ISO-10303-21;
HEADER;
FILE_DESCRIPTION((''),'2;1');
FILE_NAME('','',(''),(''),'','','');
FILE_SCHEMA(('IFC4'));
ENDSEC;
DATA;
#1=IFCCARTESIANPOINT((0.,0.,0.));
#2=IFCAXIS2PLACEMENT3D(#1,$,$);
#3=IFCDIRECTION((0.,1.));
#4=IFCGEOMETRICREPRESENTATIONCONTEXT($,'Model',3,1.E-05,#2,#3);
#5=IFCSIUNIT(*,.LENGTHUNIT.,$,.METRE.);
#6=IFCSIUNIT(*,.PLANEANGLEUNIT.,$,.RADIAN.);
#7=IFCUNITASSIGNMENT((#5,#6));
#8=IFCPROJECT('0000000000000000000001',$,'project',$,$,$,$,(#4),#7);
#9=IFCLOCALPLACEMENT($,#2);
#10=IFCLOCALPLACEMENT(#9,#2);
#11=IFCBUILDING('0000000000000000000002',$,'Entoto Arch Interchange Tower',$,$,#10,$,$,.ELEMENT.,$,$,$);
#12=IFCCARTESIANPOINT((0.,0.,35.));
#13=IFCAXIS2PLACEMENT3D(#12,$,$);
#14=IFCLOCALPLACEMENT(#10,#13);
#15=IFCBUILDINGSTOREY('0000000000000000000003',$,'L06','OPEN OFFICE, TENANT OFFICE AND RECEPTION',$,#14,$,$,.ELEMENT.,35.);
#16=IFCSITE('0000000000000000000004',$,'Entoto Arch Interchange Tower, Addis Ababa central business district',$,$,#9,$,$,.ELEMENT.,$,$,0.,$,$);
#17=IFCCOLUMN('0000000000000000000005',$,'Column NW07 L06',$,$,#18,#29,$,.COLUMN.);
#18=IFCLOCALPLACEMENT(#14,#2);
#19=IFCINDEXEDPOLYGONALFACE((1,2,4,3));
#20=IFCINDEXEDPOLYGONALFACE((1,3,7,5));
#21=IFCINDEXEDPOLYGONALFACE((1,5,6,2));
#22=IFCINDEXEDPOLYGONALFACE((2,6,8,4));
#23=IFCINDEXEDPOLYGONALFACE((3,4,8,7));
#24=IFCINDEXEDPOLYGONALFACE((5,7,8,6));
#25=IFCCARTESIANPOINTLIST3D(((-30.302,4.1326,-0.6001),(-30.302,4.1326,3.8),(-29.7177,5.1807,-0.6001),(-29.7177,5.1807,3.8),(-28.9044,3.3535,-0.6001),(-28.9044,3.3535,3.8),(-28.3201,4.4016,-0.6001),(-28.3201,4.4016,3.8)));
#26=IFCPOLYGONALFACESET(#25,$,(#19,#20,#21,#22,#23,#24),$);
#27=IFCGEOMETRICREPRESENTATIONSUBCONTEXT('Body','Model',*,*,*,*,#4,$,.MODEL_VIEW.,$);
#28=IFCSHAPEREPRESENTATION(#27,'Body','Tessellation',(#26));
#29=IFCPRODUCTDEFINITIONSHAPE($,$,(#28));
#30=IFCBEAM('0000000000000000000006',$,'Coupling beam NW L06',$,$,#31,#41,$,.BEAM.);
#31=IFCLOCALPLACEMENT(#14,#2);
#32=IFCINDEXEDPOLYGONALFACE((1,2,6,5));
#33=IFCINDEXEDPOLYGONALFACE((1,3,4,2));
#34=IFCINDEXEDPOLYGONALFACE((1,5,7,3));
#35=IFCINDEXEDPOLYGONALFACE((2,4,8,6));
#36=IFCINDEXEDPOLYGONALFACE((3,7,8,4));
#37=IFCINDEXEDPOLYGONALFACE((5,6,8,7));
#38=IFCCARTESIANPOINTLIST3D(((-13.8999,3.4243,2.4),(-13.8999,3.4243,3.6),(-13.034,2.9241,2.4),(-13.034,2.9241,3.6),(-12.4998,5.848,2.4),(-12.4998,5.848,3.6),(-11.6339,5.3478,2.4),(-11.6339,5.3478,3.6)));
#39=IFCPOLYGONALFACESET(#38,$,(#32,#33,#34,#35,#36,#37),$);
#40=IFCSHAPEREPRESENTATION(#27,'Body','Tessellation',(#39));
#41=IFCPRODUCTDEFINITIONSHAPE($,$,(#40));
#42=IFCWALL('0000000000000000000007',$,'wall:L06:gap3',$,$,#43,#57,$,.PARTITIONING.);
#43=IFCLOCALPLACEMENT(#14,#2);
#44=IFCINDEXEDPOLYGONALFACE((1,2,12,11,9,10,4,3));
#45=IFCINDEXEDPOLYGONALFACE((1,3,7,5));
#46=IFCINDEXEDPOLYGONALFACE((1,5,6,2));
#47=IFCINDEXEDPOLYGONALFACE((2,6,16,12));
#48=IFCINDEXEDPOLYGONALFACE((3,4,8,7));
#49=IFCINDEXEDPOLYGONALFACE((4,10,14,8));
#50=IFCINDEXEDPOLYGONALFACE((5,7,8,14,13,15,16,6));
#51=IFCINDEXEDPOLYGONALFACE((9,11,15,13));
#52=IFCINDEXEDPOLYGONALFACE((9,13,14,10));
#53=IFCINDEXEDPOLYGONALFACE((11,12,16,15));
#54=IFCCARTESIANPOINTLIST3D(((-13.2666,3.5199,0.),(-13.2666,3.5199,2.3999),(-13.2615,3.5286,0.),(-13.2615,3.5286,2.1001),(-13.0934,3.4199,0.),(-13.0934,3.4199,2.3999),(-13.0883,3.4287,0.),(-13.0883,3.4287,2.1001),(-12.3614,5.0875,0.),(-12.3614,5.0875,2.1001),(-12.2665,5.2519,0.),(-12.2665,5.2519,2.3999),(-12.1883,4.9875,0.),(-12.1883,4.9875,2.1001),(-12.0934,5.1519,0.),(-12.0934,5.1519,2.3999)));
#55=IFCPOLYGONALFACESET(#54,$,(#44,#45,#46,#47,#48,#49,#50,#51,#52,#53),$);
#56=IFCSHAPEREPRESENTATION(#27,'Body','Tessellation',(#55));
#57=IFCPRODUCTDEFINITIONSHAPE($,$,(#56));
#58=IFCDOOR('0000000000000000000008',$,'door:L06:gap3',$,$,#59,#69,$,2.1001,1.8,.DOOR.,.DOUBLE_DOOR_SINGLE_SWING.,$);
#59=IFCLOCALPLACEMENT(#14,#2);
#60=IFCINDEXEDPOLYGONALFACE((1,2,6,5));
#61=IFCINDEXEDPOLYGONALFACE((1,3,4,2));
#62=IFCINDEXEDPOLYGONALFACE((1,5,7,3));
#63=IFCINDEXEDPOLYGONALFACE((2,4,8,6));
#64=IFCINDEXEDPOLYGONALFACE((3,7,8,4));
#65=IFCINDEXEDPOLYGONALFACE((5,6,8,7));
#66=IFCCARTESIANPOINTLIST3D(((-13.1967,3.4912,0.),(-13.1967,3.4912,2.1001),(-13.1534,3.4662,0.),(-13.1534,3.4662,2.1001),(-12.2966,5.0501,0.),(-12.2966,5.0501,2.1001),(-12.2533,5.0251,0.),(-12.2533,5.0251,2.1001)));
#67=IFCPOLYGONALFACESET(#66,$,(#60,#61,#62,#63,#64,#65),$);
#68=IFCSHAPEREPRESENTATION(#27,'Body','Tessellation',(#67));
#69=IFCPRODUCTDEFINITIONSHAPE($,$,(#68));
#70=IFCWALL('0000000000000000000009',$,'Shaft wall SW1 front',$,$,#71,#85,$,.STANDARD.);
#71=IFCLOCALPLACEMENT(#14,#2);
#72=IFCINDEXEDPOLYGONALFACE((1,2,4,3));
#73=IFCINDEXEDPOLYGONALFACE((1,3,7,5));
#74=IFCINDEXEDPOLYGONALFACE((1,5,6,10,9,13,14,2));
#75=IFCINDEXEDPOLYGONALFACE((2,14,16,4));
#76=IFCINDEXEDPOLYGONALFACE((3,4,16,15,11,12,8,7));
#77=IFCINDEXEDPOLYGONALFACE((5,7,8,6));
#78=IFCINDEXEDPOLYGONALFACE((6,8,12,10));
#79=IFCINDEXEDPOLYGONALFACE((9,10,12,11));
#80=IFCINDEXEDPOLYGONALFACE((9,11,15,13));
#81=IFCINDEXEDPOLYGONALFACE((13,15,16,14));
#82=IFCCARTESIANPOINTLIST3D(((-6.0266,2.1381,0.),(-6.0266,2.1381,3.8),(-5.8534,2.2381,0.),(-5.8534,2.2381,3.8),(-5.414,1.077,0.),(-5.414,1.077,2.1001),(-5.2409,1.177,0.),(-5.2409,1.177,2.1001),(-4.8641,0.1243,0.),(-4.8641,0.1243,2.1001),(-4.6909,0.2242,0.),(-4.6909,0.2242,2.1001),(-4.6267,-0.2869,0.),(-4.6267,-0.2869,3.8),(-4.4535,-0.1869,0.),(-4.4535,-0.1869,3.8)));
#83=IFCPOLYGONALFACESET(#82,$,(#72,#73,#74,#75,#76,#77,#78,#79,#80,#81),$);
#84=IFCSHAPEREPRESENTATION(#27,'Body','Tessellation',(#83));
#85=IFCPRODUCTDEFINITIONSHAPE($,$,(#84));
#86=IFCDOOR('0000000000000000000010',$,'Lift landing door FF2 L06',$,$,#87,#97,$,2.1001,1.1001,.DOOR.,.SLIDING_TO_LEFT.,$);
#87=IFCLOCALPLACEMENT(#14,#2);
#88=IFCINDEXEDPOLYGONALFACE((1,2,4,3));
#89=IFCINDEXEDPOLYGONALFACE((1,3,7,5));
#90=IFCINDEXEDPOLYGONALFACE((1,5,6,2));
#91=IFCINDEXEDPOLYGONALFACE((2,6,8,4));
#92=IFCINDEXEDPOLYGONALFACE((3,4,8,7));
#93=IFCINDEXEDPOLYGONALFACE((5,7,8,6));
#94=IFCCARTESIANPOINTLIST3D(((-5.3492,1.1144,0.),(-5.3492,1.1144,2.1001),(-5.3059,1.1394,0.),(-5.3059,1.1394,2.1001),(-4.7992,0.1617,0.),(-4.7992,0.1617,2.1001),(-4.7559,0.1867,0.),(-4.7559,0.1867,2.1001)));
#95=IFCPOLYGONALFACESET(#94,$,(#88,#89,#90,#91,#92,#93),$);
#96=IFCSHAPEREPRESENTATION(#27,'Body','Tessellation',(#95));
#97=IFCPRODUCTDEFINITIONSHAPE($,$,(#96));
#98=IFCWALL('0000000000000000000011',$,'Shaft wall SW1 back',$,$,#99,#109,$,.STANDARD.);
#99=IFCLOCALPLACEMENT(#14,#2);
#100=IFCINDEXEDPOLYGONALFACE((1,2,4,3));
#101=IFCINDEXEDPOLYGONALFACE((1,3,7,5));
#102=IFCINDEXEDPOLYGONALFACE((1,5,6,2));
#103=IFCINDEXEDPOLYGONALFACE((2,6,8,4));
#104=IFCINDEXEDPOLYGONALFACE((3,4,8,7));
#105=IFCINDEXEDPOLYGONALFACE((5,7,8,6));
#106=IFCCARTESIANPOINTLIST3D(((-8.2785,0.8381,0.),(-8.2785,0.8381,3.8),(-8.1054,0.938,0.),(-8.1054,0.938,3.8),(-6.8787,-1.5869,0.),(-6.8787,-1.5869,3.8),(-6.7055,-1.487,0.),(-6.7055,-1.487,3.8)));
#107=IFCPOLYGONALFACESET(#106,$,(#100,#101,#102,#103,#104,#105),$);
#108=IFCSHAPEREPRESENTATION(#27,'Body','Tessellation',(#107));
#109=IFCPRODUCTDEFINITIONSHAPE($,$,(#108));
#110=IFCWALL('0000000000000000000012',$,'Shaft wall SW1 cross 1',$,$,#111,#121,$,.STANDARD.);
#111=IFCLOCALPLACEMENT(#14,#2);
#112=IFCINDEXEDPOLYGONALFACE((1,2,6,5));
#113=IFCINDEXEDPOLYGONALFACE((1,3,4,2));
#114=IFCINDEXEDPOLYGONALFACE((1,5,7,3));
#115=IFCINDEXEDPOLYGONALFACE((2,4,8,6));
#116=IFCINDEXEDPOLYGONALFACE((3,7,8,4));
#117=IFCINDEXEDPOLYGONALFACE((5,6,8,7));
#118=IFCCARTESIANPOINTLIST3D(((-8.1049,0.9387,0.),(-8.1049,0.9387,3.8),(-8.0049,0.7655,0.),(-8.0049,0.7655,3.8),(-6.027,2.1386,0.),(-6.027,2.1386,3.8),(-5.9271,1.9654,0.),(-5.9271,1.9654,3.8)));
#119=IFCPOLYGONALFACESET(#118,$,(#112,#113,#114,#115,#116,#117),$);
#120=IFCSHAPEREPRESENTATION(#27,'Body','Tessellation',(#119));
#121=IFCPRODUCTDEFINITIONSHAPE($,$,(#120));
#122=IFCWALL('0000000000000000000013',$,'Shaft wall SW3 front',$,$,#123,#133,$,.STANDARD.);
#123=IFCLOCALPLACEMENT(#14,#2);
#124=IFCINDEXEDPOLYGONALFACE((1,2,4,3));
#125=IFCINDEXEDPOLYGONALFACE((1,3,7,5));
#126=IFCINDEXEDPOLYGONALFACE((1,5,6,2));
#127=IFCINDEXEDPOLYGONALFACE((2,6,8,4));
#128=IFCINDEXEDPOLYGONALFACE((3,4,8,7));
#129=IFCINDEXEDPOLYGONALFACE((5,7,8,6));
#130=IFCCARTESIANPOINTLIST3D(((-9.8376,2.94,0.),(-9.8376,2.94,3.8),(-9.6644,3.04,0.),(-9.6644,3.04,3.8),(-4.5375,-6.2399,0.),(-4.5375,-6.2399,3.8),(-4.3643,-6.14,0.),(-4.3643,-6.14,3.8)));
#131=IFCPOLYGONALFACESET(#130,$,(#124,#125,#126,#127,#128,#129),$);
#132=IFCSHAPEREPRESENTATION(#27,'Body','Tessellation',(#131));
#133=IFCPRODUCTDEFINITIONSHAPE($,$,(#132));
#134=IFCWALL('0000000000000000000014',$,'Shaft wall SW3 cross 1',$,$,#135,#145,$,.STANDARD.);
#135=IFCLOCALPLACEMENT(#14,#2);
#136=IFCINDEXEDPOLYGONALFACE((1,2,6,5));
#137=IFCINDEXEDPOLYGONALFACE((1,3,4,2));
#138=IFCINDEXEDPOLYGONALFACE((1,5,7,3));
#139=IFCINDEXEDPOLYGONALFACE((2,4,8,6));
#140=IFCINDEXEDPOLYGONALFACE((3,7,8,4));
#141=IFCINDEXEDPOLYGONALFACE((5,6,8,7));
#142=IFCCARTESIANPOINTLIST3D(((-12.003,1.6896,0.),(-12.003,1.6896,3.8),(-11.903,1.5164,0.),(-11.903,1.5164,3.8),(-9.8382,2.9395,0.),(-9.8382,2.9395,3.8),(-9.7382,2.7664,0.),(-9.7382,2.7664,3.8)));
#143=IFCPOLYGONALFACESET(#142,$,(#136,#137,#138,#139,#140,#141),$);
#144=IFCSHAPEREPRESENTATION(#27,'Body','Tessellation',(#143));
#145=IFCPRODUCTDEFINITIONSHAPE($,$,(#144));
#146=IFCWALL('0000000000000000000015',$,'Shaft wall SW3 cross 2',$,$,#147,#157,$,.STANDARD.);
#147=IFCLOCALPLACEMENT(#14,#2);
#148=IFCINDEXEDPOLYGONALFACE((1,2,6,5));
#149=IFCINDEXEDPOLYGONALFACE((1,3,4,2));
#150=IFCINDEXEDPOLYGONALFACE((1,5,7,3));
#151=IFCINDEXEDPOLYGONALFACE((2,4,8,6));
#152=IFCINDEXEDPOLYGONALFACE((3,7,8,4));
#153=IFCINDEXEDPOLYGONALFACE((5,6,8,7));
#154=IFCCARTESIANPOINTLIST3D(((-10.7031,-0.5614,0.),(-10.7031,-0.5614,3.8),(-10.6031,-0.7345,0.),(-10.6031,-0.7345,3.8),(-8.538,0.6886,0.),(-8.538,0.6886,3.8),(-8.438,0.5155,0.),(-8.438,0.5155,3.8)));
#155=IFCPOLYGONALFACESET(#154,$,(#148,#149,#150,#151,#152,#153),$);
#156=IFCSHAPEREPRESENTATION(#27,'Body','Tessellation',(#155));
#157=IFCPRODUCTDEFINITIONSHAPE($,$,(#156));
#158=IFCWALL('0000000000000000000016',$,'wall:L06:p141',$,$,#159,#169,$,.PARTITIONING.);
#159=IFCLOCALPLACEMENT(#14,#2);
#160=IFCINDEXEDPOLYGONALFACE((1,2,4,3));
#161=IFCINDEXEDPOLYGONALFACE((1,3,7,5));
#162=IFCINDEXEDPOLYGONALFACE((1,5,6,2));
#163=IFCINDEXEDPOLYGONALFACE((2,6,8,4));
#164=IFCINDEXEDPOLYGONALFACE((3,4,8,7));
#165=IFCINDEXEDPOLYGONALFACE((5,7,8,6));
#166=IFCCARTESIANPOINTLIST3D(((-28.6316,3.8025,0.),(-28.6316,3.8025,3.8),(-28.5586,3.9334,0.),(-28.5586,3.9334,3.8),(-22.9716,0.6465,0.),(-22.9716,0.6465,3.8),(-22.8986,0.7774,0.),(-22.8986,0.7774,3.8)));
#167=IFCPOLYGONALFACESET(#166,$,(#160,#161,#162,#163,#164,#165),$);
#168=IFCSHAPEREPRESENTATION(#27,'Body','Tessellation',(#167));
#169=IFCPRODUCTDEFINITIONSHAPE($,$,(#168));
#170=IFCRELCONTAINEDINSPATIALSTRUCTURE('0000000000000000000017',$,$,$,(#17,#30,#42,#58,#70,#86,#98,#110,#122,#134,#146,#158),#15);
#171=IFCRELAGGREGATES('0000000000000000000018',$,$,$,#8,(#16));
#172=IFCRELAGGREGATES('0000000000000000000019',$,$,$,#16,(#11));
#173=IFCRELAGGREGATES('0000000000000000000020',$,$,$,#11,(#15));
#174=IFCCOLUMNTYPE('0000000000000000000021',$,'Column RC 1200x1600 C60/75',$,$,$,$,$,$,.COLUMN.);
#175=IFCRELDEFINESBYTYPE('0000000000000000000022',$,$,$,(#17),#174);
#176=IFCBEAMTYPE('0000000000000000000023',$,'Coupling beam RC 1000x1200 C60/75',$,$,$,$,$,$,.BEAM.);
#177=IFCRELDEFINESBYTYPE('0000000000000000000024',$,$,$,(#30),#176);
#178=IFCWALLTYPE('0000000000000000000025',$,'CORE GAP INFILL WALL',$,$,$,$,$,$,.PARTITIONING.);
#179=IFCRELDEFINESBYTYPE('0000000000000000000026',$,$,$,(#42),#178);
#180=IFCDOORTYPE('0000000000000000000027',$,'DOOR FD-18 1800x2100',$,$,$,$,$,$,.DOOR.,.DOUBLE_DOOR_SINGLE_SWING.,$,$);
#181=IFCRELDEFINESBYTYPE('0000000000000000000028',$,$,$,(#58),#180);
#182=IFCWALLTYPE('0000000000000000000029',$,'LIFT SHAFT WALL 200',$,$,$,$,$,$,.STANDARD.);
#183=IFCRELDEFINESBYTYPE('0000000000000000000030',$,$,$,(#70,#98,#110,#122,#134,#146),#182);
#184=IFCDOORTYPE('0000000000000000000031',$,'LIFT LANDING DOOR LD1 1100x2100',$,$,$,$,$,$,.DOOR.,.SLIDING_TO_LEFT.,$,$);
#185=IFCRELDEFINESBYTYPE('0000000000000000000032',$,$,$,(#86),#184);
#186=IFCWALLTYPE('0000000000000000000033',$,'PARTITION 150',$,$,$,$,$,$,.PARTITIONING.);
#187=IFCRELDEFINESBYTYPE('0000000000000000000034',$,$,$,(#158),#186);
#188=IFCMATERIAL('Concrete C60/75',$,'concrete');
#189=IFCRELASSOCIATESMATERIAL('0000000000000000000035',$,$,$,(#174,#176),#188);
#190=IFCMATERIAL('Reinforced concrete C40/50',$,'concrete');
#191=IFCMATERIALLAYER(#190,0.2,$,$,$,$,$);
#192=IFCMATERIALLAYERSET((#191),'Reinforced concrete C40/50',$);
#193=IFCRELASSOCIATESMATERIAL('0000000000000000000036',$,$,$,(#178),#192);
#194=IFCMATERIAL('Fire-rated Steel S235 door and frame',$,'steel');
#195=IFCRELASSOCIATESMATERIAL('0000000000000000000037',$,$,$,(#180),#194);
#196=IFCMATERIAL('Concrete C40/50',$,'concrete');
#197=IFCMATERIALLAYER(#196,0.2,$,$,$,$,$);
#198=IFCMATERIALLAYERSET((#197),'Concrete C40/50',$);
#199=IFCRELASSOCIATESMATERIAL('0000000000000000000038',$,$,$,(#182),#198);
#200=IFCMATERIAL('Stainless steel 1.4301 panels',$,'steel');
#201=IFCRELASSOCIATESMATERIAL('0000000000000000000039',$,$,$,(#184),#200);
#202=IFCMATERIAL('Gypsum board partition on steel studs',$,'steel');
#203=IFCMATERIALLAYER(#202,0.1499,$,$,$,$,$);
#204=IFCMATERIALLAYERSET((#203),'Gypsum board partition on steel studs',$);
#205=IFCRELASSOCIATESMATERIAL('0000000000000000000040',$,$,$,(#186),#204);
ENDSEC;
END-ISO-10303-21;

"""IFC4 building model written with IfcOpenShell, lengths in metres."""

from ifc_helpers import new_model, si_unit, direction, frame, frame_2d, origin, origin_2d, place, context, subcontext, project, spatial, rectangle, extrude, material, layer, layer_set, material_profile, profile_set, type_object, element, fill, save


model = new_model("IFC4")

# Units and contexts
model_context = context("Model", 3, precision=1e-05, world=origin(), true_north=direction((0.0, 1.0)))
body_context = subcontext(model_context, "Body", "Model", "MODEL_VIEW")
ifc_project = project(units=[si_unit("LENGTHUNIT", "METRE"), si_unit("PLANEANGLEUNIT", "RADIAN")], contexts=[model_context])

# Site, building, storey
site_placement = place(None, origin())
site = spatial("IfcSite", under=ifc_project, at=site_placement, Name="Entoto Arch Interchange Tower, Addis Ababa central business district", CompositionType="ELEMENT", RefElevation=0.0)
building_placement = place(site_placement, origin())
building = spatial("IfcBuilding", under=site, at=building_placement, Name="Entoto Arch Interchange Tower", CompositionType="ELEMENT")
storey_placement = place(building_placement, frame((0.0, 0.0, 35.0)))
storey = spatial("IfcBuildingStorey", under=building, at=storey_placement, Name="L06", Description="OPEN OFFICE, TENANT OFFICE AND RECEPTION", CompositionType="ELEMENT", Elevation=35.0)

# Column
ifc_material_1 = material(Name="Concrete C60/75", Category="concrete")
ifc_material_profile_1 = material_profile(ifc_material_1, rectangle(XDim=1.2, YDim=1.6001, at=origin_2d()))
ifc_profile_set_1 = profile_set([ifc_material_profile_1], Name="Concrete C60/75")
column_type = type_object("IfcColumnType", Name="Column RC 1200x1600 C60/75", PredefinedType="COLUMN", material=ifc_profile_set_1)
column_placement = place(storey_placement, frame((-29.311, 4.2671, -0.6001), z_axis=(0.0, 0.0, 1.0), x_axis=(0.486915, 0.873449, 0.0)))
element("IfcColumn", 1, at=column_placement, inside=storey, type_object=column_type, Name="Column NW07 L06", PredefinedType="COLUMN", context=body_context, shape_type="SweptSolid", body=[
    extrude(rectangle(XDim=1.2, YDim=1.6001, at=origin_2d()), origin(), (0.0, 0.0, 1.0), 4.4001),
])

# Beam
ifc_material_profile_2 = material_profile(ifc_material_1, rectangle(XDim=1.0, YDim=1.2, at=origin_2d()))
ifc_profile_set_2 = profile_set([ifc_material_profile_2], Name="Concrete C60/75")
beam_type = type_object("IfcBeamType", Name="Coupling beam RC 1000x1200 C60/75", PredefinedType="BEAM", material=ifc_profile_set_2)
beam_placement = place(storey_placement, frame((-12.0669, 5.5979, 3.0), z_axis=(-0.500201, -0.86591, 0.0), x_axis=(0.86591, -0.500201, 0.0)))
element("IfcBeam", 2, at=beam_placement, inside=storey, type_object=beam_type, Name="Coupling beam NW L06", PredefinedType="BEAM", context=body_context, shape_type="SweptSolid", body=[
    extrude(rectangle(XDim=1.0, YDim=1.2, at=origin_2d()), origin(), (0.0, 0.0, 1.0), 2.7991),
])

# Walls, openings, doors
ifc_material_2 = material(Name="Reinforced concrete C40/50", Category="concrete")
ifc_layer_1 = layer(ifc_material_2, 0.2)
ifc_layer_set_1 = layer_set([ifc_layer_1], Name="Reinforced concrete C40/50")
wall_type_1 = type_object("IfcWallType", Name="CORE GAP INFILL WALL", PredefinedType="PARTITIONING", material=ifc_layer_set_1)
wall_1_placement = place(storey_placement, frame((-12.1799, 5.2019, 0.0), z_axis=(0.0, 0.0, 1.0), x_axis=(-0.500025, -0.866011, 0.0)))
wall_1 = element("IfcWall", 3, at=wall_1_placement, inside=storey, type_object=wall_type_1, Name="wall:L06:gap3", PredefinedType="PARTITIONING", context=body_context, shape_type="SweptSolid", body=[
    extrude(rectangle(XDim=2.0, YDim=0.2, at=frame_2d((1.0, 0.0))), origin(), (0.0, 0.0, 1.0), 2.3999),
])
opening_1_placement = place(wall_1_placement, frame((0.1899, 0.0, 0.0)))
opening_1 = element("IfcOpeningElement", 4, at=opening_1_placement, cuts=wall_1, PredefinedType="OPENING", context=body_context, shape_type="SweptSolid", body=[
    extrude(rectangle(XDim=1.8, YDim=2.1001, at=frame_2d((0.8999, 1.05))), frame((0.0, 0.1099, 0.0), z_axis=(0.0, -1.0, 0.0), x_axis=(1.0, 0.0, 0.0)), (0.0, 0.0, 1.0), 0.22),
])
ifc_material_3 = material(Name="Fire-rated Steel S235 door and frame", Category="steel")
door_type_1 = type_object("IfcDoorType", Name="DOOR FD-18 1800x2100", OperationType="DOUBLE_DOOR_SINGLE_SWING", PredefinedType="DOOR", material=ifc_material_3)
door_1_placement = place(opening_1_placement, origin())
door_1 = element("IfcDoor", 5, at=door_1_placement, inside=storey, type_object=door_type_1, Name="door:L06:gap3", OperationType="DOUBLE_DOOR_SINGLE_SWING", OverallHeight=2.1001, OverallWidth=1.8, PredefinedType="DOOR", context=body_context, shape_type="SweptSolid", body=[
    extrude(rectangle(XDim=1.8, YDim=2.1001, at=frame_2d((0.8999, 1.05))), frame((0.0, 0.0249, 0.0), z_axis=(0.0, -1.0, 0.0), x_axis=(1.0, 0.0, 0.0)), (0.0, 0.0, 1.0), 0.05),
])
fill(opening_1, door_1)
ifc_material_4 = material(Name="Concrete C40/50", Category="concrete")
ifc_layer_2 = layer(ifc_material_4, 0.2)
ifc_layer_set_2 = layer_set([ifc_layer_2], Name="Concrete C40/50")
wall_type_2 = type_object("IfcWallType", Name="LIFT SHAFT WALL 200", PredefinedType="STANDARD", material=ifc_layer_set_2)
wall_2_placement = place(storey_placement, frame((-5.9399, 2.188, 0.0), z_axis=(0.0, 0.0, 1.0), x_axis=(0.499946, -0.866056, 0.0)))
wall_2 = element("IfcWall", 6, at=wall_2_placement, inside=storey, type_object=wall_type_2, Name="Shaft wall SW1 front", PredefinedType="STANDARD", context=body_context, shape_type="SweptSolid", body=[
    extrude(rectangle(XDim=2.8, YDim=0.2, at=frame_2d((1.3999, 0.0))), origin(), (0.0, 0.0, 1.0), 3.8),
])
opening_2_placement = place(wall_2_placement, frame((1.2251, 0.0, 0.0)))
opening_2 = element("IfcOpeningElement", 7, at=opening_2_placement, cuts=wall_2, PredefinedType="OPENING", context=body_context, shape_type="SweptSolid", body=[
    extrude(rectangle(XDim=1.1001, YDim=2.1001, at=frame_2d((0.55, 1.05))), frame((0.0, 0.1099, 0.0), z_axis=(0.0, -1.0, 0.0), x_axis=(1.0, 0.0, 0.0)), (0.0, 0.0, 1.0), 0.22),
])
ifc_material_5 = material(Name="Stainless steel 1.4301 panels", Category="steel")
door_type_2 = type_object("IfcDoorType", Name="LIFT LANDING DOOR LD1 1100x2100", OperationType="SLIDING_TO_LEFT", PredefinedType="DOOR", material=ifc_material_5)
door_2_placement = place(opening_2_placement, origin())
door_2 = element("IfcDoor", 8, at=door_2_placement, inside=storey, type_object=door_type_2, Name="Lift landing door FF2 L06", OperationType="SLIDING_TO_LEFT", OverallHeight=2.1001, OverallWidth=1.1001, PredefinedType="DOOR", context=body_context, shape_type="SweptSolid", body=[
    extrude(rectangle(XDim=1.1001, YDim=2.1001, at=frame_2d((0.55, 1.05))), frame((0.0, 0.0249, 0.0), z_axis=(0.0, -1.0, 0.0), x_axis=(1.0, 0.0, 0.0)), (0.0, 0.0, 1.0), 0.05),
])
fill(opening_2, door_2)

# Walls
wall_3_placement = place(storey_placement, frame((-8.1919, 0.8879, 0.0), z_axis=(0.0, 0.0, 1.0), x_axis=(0.499946, -0.866056, 0.0)))
element("IfcWall", 9, at=wall_3_placement, inside=storey, type_object=wall_type_2, Name="Shaft wall SW1 back", PredefinedType="STANDARD", context=body_context, shape_type="SweptSolid", body=[
    extrude(rectangle(XDim=2.8, YDim=0.2, at=frame_2d((1.3999, 0.0))), origin(), (0.0, 0.0, 1.0), 3.8),
])
wall_4_placement = place(storey_placement, frame((-5.9771, 2.052, 0.0), z_axis=(0.0, 0.0, 1.0), x_axis=(-0.865974, -0.500089, 0.0)))
element("IfcWall", 10, at=wall_4_placement, inside=storey, type_object=wall_type_2, Name="Shaft wall SW1 cross 1", PredefinedType="STANDARD", context=body_context, shape_type="SweptSolid", body=[
    extrude(rectangle(XDim=2.3994, YDim=0.2, at=frame_2d((1.1997, 0.0))), origin(), (0.0, 0.0, 1.0), 3.8),
])
wall_5_placement = place(storey_placement, frame((-9.751, 2.99, 0.0), z_axis=(0.0, 0.0, 1.0), x_axis=(0.500001, -0.866025, 0.0)))
element("IfcWall", 11, at=wall_5_placement, inside=storey, type_object=wall_type_2, Name="Shaft wall SW3 front", PredefinedType="STANDARD", context=body_context, shape_type="SweptSolid", body=[
    extrude(rectangle(XDim=10.6001, YDim=0.2, at=frame_2d((5.3, 0.0))), origin(), (0.0, 0.0, 1.0), 3.8),
])
wall_6_placement = place(storey_placement, frame((-9.7881, 2.853, 0.0), z_axis=(0.0, 0.0, 1.0), x_axis=(-0.865999, -0.500047, 0.0)))
element("IfcWall", 12, at=wall_6_placement, inside=storey, type_object=wall_type_2, Name="Shaft wall SW3 cross 1", PredefinedType="STANDARD", context=body_context, shape_type="SweptSolid", body=[
    extrude(rectangle(XDim=2.4998, YDim=0.2, at=frame_2d((1.25, 0.0))), origin(), (0.0, 0.0, 1.0), 3.8),
])
wall_7_placement = place(storey_placement, frame((-8.488, 0.6021, 0.0), z_axis=(0.0, 0.0, 1.0), x_axis=(-0.866023, -0.500004, 0.0)))
element("IfcWall", 13, at=wall_7_placement, inside=storey, type_object=wall_type_2, Name="Shaft wall SW3 cross 2", PredefinedType="STANDARD", context=body_context, shape_type="SweptSolid", body=[
    extrude(rectangle(XDim=2.5, YDim=0.2, at=frame_2d((1.25, 0.0))), origin(), (0.0, 0.0, 1.0), 3.8),
])
ifc_material_6 = material(Name="Gypsum board partition on steel studs", Category="steel")
ifc_layer_3 = layer(ifc_material_6, 0.1499)
ifc_layer_set_3 = layer_set([ifc_layer_3], Name="Gypsum board partition on steel studs")
wall_type_3 = type_object("IfcWallType", Name="PARTITION 150", PredefinedType="PARTITIONING", material=ifc_layer_set_3)
wall_8_placement = place(storey_placement, frame((-22.9351, 0.7119, 0.0), z_axis=(0.0, 0.0, 1.0), x_axis=(-0.873396, 0.487011, 0.0)))
element("IfcWall", 14, at=wall_8_placement, inside=storey, type_object=wall_type_3, Name="wall:L06:p141", PredefinedType="PARTITIONING", context=body_context, shape_type="SweptSolid", body=[
    extrude(rectangle(XDim=6.4805, YDim=0.1499, at=frame_2d((3.2402, 0.0))), origin(), (0.0, 0.0, 1.0), 3.8),
])

save(model, "model.ifc")
